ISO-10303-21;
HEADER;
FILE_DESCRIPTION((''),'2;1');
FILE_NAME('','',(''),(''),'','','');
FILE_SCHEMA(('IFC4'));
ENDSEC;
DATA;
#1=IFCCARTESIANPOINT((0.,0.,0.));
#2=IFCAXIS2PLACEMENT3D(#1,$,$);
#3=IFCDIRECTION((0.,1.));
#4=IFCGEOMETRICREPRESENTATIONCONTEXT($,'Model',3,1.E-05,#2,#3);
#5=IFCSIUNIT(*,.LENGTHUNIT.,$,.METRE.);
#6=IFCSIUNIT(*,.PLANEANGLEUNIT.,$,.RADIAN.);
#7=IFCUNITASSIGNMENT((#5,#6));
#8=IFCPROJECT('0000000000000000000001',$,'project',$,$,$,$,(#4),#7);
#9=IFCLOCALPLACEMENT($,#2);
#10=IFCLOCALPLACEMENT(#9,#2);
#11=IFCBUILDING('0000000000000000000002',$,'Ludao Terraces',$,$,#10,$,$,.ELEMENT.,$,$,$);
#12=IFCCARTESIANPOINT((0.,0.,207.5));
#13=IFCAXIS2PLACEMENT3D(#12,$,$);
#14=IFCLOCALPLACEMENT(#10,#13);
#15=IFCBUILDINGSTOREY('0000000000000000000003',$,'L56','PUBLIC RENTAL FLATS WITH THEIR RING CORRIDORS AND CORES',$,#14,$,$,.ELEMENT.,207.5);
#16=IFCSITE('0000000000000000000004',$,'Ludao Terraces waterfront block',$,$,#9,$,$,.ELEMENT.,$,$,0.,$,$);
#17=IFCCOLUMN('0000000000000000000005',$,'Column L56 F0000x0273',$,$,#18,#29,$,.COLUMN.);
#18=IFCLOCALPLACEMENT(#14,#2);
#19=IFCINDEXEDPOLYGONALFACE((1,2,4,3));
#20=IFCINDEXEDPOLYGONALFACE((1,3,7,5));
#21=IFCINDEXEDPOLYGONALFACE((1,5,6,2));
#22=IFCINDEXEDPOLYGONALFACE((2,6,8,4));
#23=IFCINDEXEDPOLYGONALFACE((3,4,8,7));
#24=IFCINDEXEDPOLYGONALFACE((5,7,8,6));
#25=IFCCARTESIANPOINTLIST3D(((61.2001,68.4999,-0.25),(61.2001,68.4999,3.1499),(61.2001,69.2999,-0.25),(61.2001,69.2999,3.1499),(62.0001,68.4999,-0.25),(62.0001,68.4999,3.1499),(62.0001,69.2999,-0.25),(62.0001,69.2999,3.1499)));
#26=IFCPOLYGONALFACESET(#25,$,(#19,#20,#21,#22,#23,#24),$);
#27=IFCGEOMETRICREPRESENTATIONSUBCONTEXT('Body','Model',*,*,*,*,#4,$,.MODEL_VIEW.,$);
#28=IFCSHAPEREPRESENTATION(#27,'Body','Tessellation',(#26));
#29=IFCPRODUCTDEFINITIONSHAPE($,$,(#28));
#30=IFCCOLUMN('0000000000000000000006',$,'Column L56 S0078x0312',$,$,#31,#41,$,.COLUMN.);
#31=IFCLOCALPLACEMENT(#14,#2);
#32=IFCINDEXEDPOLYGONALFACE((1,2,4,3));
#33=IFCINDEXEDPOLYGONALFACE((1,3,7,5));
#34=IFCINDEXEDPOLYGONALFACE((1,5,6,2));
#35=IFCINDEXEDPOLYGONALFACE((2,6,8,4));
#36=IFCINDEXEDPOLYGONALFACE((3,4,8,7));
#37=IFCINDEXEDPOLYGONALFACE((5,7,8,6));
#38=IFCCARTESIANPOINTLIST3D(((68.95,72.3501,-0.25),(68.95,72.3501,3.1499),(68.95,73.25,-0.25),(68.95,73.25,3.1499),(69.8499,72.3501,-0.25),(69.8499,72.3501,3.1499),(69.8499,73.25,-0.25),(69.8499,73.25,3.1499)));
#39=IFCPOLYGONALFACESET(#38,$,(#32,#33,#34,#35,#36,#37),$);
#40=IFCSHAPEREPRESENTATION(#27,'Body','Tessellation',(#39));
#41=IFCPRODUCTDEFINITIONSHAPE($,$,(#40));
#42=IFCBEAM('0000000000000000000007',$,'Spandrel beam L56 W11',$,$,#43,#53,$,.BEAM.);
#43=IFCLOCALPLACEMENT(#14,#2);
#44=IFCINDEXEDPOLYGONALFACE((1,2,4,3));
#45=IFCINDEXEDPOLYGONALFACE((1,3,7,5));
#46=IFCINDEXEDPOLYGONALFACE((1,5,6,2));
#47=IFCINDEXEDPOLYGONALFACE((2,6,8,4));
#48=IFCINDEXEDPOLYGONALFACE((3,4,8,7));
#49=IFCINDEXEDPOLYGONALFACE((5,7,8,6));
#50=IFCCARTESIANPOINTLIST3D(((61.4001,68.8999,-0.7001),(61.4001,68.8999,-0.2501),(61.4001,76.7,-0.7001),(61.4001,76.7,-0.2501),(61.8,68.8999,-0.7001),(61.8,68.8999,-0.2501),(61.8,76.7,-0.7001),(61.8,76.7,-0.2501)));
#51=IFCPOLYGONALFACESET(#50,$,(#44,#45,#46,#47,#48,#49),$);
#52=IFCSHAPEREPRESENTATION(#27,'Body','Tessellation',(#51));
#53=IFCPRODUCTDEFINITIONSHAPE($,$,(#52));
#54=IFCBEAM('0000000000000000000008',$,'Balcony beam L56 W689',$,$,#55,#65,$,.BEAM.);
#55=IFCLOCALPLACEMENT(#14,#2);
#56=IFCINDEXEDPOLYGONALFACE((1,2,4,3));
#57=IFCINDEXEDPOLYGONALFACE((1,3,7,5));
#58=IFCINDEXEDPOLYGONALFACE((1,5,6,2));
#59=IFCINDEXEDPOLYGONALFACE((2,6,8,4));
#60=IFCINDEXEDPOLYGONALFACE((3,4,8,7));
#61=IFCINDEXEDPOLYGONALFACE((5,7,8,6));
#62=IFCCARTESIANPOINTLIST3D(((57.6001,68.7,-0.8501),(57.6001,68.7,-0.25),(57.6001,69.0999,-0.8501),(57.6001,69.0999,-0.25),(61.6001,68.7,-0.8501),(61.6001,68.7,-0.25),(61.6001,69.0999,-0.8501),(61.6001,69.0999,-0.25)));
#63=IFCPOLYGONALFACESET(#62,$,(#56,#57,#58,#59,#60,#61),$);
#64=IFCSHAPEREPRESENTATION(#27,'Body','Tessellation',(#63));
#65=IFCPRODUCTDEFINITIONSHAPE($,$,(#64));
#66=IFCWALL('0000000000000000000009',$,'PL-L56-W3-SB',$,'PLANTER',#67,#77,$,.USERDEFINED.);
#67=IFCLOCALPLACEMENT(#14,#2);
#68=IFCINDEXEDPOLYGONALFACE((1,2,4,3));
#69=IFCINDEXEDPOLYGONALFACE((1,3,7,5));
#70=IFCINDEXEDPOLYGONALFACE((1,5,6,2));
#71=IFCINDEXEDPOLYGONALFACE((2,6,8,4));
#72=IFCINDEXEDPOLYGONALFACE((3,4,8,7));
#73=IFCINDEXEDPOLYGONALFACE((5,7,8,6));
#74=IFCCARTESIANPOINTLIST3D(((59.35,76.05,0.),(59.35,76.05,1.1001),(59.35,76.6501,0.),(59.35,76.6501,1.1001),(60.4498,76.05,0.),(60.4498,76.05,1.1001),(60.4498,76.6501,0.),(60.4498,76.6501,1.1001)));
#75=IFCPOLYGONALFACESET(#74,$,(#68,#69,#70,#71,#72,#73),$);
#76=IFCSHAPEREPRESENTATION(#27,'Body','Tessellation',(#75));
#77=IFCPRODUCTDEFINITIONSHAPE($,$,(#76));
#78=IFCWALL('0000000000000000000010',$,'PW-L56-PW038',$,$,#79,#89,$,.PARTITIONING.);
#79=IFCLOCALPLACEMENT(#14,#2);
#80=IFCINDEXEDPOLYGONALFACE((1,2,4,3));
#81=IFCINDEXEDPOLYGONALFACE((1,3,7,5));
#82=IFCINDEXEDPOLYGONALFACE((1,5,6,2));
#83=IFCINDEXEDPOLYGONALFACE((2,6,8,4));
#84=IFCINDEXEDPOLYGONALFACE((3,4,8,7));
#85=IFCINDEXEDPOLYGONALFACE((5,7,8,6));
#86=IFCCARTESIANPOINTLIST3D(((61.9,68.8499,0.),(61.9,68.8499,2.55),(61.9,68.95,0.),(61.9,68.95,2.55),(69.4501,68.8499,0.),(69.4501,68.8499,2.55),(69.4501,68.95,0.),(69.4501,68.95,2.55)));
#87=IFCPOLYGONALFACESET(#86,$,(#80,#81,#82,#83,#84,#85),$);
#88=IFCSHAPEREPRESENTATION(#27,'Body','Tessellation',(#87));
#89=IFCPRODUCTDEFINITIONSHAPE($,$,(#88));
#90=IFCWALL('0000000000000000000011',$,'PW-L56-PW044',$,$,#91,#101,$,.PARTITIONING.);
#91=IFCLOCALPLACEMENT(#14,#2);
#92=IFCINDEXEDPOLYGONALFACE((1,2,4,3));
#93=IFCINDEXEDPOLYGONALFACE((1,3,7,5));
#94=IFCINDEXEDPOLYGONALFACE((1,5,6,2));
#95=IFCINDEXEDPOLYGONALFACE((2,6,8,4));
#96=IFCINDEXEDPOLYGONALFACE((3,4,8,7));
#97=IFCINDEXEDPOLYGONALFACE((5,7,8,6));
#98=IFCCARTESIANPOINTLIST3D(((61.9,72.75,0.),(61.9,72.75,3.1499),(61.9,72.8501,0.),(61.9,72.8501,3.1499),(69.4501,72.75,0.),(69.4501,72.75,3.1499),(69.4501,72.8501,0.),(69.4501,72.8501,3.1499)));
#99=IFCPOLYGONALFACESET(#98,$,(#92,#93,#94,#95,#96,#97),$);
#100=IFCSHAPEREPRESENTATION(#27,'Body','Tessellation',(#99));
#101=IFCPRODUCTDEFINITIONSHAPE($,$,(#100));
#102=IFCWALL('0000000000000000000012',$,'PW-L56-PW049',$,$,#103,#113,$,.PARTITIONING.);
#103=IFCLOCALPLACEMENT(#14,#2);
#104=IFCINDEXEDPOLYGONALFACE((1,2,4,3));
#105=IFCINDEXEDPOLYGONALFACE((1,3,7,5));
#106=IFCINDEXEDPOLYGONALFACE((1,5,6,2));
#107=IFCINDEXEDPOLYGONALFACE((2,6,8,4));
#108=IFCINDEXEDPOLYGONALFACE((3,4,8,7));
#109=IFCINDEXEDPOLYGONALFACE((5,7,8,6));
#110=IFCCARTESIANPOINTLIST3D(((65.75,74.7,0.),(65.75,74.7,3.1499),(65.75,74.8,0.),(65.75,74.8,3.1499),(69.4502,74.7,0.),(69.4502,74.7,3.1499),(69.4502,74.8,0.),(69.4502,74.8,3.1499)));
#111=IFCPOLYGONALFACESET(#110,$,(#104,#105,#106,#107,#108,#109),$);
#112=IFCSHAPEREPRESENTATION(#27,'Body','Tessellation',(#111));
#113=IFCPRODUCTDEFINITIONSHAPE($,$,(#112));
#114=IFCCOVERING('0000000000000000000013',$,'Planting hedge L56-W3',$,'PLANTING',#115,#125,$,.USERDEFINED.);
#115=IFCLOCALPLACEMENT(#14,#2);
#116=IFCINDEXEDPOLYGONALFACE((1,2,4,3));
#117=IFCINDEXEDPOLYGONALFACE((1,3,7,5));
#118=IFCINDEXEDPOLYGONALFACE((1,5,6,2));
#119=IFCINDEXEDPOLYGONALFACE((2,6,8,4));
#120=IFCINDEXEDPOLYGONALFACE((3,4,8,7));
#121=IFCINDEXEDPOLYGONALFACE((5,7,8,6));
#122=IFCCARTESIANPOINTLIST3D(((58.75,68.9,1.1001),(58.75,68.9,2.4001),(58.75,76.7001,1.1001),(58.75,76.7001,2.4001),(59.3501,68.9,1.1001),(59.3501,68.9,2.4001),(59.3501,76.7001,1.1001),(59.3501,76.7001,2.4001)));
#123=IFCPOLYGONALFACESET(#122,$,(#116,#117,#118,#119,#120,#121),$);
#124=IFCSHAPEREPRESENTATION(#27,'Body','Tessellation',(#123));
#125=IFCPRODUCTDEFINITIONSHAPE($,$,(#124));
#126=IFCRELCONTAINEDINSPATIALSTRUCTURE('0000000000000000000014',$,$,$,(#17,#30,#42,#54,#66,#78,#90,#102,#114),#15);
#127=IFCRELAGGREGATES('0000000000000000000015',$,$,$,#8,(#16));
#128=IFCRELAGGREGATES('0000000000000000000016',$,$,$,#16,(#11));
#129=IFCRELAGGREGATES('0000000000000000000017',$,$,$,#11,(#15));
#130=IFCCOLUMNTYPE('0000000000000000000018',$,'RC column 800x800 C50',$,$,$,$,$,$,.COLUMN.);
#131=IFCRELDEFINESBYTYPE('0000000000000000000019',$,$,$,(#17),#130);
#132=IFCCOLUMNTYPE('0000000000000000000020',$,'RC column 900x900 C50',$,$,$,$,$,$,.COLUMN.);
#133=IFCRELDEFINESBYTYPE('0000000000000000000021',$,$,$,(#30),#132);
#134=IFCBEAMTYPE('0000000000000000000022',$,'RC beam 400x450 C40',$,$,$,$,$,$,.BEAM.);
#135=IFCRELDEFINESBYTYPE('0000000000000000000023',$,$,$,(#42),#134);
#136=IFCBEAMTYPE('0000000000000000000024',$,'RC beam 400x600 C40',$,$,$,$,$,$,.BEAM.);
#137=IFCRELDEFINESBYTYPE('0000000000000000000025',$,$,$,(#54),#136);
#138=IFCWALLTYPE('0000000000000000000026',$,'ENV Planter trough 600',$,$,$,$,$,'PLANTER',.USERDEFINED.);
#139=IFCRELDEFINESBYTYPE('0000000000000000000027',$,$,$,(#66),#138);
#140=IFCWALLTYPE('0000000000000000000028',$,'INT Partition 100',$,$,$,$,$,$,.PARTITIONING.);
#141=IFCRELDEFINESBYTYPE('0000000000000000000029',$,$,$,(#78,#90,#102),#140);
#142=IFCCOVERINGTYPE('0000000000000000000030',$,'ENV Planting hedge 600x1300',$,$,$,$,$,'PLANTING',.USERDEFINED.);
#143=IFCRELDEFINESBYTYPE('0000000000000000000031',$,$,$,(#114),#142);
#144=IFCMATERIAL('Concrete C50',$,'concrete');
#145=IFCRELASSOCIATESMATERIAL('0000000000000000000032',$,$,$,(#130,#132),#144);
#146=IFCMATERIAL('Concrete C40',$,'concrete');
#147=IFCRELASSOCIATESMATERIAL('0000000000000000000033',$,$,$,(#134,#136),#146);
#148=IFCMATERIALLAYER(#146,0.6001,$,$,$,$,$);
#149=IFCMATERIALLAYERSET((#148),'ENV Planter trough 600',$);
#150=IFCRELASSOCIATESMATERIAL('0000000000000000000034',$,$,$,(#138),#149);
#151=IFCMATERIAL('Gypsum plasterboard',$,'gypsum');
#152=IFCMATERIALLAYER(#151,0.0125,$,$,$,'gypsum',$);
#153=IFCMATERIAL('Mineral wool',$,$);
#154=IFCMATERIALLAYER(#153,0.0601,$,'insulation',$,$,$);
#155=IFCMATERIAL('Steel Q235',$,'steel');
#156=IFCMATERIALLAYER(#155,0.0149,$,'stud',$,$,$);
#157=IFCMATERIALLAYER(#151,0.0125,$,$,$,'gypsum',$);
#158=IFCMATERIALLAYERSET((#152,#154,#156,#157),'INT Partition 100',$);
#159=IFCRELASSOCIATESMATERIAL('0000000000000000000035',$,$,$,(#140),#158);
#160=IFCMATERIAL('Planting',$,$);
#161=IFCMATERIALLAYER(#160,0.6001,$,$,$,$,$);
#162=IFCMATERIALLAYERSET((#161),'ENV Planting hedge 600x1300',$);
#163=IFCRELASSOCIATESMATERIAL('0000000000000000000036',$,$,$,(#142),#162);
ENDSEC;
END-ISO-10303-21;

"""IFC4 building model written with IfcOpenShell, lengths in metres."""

from ifc_helpers import new_model, si_unit, direction, frame, frame_2d, origin, origin_2d, place, context, subcontext, project, spatial, rectangle, extrude, material, layer, layer_set, material_profile, profile_set, type_object, element, save


model = new_model("IFC4")

# Units and contexts
model_context = context("Model", 3, precision=1e-05, world=origin(), true_north=direction((0.0, 1.0)))
body_context = subcontext(model_context, "Body", "Model", "MODEL_VIEW")
ifc_project = project(units=[si_unit("LENGTHUNIT", "METRE"), si_unit("PLANEANGLEUNIT", "RADIAN")], contexts=[model_context])

# Site, building, storey
site_placement = place(None, origin())
site = spatial("IfcSite", under=ifc_project, at=site_placement, Name="Ludao Terraces waterfront block", CompositionType="ELEMENT", RefElevation=0.0)
building_placement = place(site_placement, origin())
building = spatial("IfcBuilding", under=site, at=building_placement, Name="Ludao Terraces", CompositionType="ELEMENT")
storey_placement = place(building_placement, frame((0.0, 0.0, 207.5)))
storey = spatial("IfcBuildingStorey", under=building, at=storey_placement, Name="L56", Description="PUBLIC RENTAL FLATS WITH THEIR RING CORRIDORS AND CORES", CompositionType="ELEMENT", Elevation=207.5)

# Columns
ifc_material_1 = material(Name="Concrete C50", Category="concrete")
ifc_material_profile_1 = material_profile(ifc_material_1, rectangle(XDim=0.8, YDim=0.8, at=origin_2d()), Name="800 X 800")
ifc_profile_set_1 = profile_set([ifc_material_profile_1], Name="Concrete C50")
column_type_1 = type_object("IfcColumnType", Name="RC column 800x800 C50", PredefinedType="COLUMN", material=ifc_profile_set_1)
column_1_placement = place(storey_placement, frame((61.6001, 68.8999, -0.25), z_axis=(0.0, 0.0, 1.0), x_axis=(1.0, 0.0, 0.0)))
element("IfcColumn", 1, at=column_1_placement, inside=storey, type_object=column_type_1, Name="Column L56 F0000x0273", PredefinedType="COLUMN", context=body_context, shape_type="SweptSolid", body=[
    extrude(rectangle(XDim=0.8, YDim=0.8, at=origin_2d()), origin(), (0.0, 0.0, 1.0), 3.3999),
])
ifc_material_profile_2 = material_profile(ifc_material_1, rectangle(XDim=0.8999, YDim=0.8999, at=origin_2d()), Name="900 X 900")
ifc_profile_set_2 = profile_set([ifc_material_profile_2], Name="Concrete C50")
column_type_2 = type_object("IfcColumnType", Name="RC column 900x900 C50", PredefinedType="COLUMN", material=ifc_profile_set_2)
column_2_placement = place(storey_placement, frame((69.3999, 72.8, -0.25), z_axis=(0.0, 0.0, 1.0), x_axis=(1.0, 0.0, 0.0)))
element("IfcColumn", 2, at=column_2_placement, inside=storey, type_object=column_type_2, Name="Column L56 S0078x0312", PredefinedType="COLUMN", context=body_context, shape_type="SweptSolid", body=[
    extrude(rectangle(XDim=0.8999, YDim=0.8999, at=origin_2d()), origin(), (0.0, 0.0, 1.0), 3.3999),
])

# Beams
ifc_material_2 = material(Name="Concrete C40", Category="concrete")
ifc_material_profile_3 = material_profile(ifc_material_2, rectangle(XDim=0.3999, YDim=0.45, at=origin_2d()), Name="400 X 450")
ifc_profile_set_3 = profile_set([ifc_material_profile_3], Name="Concrete C40")
beam_type_1 = type_object("IfcBeamType", Name="RC beam 400x450 C40", PredefinedType="BEAM", material=ifc_profile_set_3)
beam_1_placement = place(storey_placement, frame((61.6001, 68.8999, -0.4751), z_axis=(0.0, 1.0, 0.0), x_axis=(-1.0, 0.0, 0.0)))
element("IfcBeam", 3, at=beam_1_placement, inside=storey, type_object=beam_type_1, Name="Spandrel beam L56 W11", PredefinedType="BEAM", context=body_context, shape_type="SweptSolid", body=[
    extrude(rectangle(XDim=0.3999, YDim=0.45, at=origin_2d()), origin(), (0.0, 0.0, 1.0), 7.8),
])
ifc_material_profile_4 = material_profile(ifc_material_2, rectangle(XDim=0.3999, YDim=0.6001, at=origin_2d()), Name="400 X 600")
ifc_profile_set_4 = profile_set([ifc_material_profile_4], Name="Concrete C40")
beam_type_2 = type_object("IfcBeamType", Name="RC beam 400x600 C40", PredefinedType="BEAM", material=ifc_profile_set_4)
beam_2_placement = place(storey_placement, frame((61.6001, 68.8999, -0.55), z_axis=(-1.0, 0.0, 0.0), x_axis=(0.0, -1.0, 0.0)))
element("IfcBeam", 4, at=beam_2_placement, inside=storey, type_object=beam_type_2, Name="Balcony beam L56 W689", PredefinedType="BEAM", context=body_context, shape_type="SweptSolid", body=[
    extrude(rectangle(XDim=0.3999, YDim=0.6001, at=origin_2d()), origin(), (0.0, 0.0, 1.0), 4.0),
])

# Wall
ifc_layer_1 = layer(ifc_material_2, 0.6001)
ifc_layer_set_1 = layer_set([ifc_layer_1], Name="ENV Planter trough 600")
wall_type_1 = type_object("IfcWallType", Name="ENV Planter trough 600", ElementType="PLANTER", PredefinedType="USERDEFINED", material=ifc_layer_set_1)
wall_1_placement = place(storey_placement, frame((59.3501, 76.3501, 0.0), z_axis=(0.0, 0.0, 1.0), x_axis=(1.0, 0.0, 0.0)))
element("IfcWall", 5, at=wall_1_placement, inside=storey, type_object=wall_type_1, Name="PL-L56-W3-SB", ObjectType="PLANTER", PredefinedType="USERDEFINED", context=body_context, shape_type="SweptSolid", body=[
    extrude(rectangle(XDim=1.0999, YDim=0.6001, at=frame_2d((0.5498, 0.0))), origin(), (0.0, 0.0, 1.0), 1.1001),
])

# Shared definitions
ifc_material_3 = material(Name="Mineral wool")

# Walls
ifc_material_4 = material(Name="Gypsum plasterboard", Category="gypsum")
ifc_layer_2 = layer(ifc_material_4, 0.0125, Category="gypsum")
ifc_layer_3 = layer(ifc_material_3, 0.0601, Name="insulation")
ifc_material_5 = material(Name="Steel Q235", Category="steel")
ifc_layer_4 = layer(ifc_material_5, 0.0149, Name="stud")
ifc_layer_5 = layer(ifc_material_4, 0.0125, Category="gypsum")
ifc_layer_set_2 = layer_set([ifc_layer_2, ifc_layer_3, ifc_layer_4, ifc_layer_5], Name="INT Partition 100")
wall_type_2 = type_object("IfcWallType", Name="INT Partition 100", PredefinedType="PARTITIONING", material=ifc_layer_set_2)
wall_2_placement = place(storey_placement, frame((61.9001, 68.8999, 0.0), z_axis=(0.0, 0.0, 1.0), x_axis=(1.0, 0.0, 0.0)))
element("IfcWall", 6, at=wall_2_placement, inside=storey, type_object=wall_type_2, Name="PW-L56-PW038", PredefinedType="PARTITIONING", context=body_context, shape_type="SweptSolid", body=[
    extrude(rectangle(XDim=7.55, YDim=0.1001, at=frame_2d((3.7749, 0.0))), origin(), (0.0, 0.0, 1.0), 2.55),
])
wall_3_placement = place(storey_placement, frame((61.9001, 72.8, 0.0), z_axis=(0.0, 0.0, 1.0), x_axis=(1.0, 0.0, 0.0)))
element("IfcWall", 7, at=wall_3_placement, inside=storey, type_object=wall_type_2, Name="PW-L56-PW044", PredefinedType="PARTITIONING", context=body_context, shape_type="SweptSolid", body=[
    extrude(rectangle(XDim=7.55, YDim=0.1001, at=frame_2d((3.7749, 0.0))), origin(), (0.0, 0.0, 1.0), 3.1499),
])
wall_4_placement = place(storey_placement, frame((65.75, 74.75, 0.0), z_axis=(0.0, 0.0, 1.0), x_axis=(1.0, 0.0, 0.0)))
element("IfcWall", 8, at=wall_4_placement, inside=storey, type_object=wall_type_2, Name="PW-L56-PW049", PredefinedType="PARTITIONING", context=body_context, shape_type="SweptSolid", body=[
    extrude(rectangle(XDim=3.7002, YDim=0.1001, at=frame_2d((1.8501, 0.0))), origin(), (0.0, 0.0, 1.0), 3.1499),
])

# Covering
ifc_material_6 = material(Name="Planting")
ifc_layer_6 = layer(ifc_material_6, 0.6001)
ifc_layer_set_3 = layer_set([ifc_layer_6], Name="ENV Planting hedge 600x1300")
covering_type = type_object("IfcCoveringType", Name="ENV Planting hedge 600x1300", ElementType="PLANTING", PredefinedType="USERDEFINED", material=ifc_layer_set_3)
covering_placement = place(storey_placement, frame((59.05, 72.8, 1.1001), z_axis=(0.0, 0.0, 1.0), x_axis=(1.0, 0.0, 0.0)))
element("IfcCovering", 9, at=covering_placement, inside=storey, type_object=covering_type, Name="Planting hedge L56-W3", ObjectType="PLANTING", PredefinedType="USERDEFINED", context=body_context, shape_type="SweptSolid", body=[
    extrude(rectangle(XDim=0.6001, YDim=7.8, at=origin_2d()), origin(), (0.0, 0.0, 1.0), 1.3),
])

save(model, "model.ifc")
